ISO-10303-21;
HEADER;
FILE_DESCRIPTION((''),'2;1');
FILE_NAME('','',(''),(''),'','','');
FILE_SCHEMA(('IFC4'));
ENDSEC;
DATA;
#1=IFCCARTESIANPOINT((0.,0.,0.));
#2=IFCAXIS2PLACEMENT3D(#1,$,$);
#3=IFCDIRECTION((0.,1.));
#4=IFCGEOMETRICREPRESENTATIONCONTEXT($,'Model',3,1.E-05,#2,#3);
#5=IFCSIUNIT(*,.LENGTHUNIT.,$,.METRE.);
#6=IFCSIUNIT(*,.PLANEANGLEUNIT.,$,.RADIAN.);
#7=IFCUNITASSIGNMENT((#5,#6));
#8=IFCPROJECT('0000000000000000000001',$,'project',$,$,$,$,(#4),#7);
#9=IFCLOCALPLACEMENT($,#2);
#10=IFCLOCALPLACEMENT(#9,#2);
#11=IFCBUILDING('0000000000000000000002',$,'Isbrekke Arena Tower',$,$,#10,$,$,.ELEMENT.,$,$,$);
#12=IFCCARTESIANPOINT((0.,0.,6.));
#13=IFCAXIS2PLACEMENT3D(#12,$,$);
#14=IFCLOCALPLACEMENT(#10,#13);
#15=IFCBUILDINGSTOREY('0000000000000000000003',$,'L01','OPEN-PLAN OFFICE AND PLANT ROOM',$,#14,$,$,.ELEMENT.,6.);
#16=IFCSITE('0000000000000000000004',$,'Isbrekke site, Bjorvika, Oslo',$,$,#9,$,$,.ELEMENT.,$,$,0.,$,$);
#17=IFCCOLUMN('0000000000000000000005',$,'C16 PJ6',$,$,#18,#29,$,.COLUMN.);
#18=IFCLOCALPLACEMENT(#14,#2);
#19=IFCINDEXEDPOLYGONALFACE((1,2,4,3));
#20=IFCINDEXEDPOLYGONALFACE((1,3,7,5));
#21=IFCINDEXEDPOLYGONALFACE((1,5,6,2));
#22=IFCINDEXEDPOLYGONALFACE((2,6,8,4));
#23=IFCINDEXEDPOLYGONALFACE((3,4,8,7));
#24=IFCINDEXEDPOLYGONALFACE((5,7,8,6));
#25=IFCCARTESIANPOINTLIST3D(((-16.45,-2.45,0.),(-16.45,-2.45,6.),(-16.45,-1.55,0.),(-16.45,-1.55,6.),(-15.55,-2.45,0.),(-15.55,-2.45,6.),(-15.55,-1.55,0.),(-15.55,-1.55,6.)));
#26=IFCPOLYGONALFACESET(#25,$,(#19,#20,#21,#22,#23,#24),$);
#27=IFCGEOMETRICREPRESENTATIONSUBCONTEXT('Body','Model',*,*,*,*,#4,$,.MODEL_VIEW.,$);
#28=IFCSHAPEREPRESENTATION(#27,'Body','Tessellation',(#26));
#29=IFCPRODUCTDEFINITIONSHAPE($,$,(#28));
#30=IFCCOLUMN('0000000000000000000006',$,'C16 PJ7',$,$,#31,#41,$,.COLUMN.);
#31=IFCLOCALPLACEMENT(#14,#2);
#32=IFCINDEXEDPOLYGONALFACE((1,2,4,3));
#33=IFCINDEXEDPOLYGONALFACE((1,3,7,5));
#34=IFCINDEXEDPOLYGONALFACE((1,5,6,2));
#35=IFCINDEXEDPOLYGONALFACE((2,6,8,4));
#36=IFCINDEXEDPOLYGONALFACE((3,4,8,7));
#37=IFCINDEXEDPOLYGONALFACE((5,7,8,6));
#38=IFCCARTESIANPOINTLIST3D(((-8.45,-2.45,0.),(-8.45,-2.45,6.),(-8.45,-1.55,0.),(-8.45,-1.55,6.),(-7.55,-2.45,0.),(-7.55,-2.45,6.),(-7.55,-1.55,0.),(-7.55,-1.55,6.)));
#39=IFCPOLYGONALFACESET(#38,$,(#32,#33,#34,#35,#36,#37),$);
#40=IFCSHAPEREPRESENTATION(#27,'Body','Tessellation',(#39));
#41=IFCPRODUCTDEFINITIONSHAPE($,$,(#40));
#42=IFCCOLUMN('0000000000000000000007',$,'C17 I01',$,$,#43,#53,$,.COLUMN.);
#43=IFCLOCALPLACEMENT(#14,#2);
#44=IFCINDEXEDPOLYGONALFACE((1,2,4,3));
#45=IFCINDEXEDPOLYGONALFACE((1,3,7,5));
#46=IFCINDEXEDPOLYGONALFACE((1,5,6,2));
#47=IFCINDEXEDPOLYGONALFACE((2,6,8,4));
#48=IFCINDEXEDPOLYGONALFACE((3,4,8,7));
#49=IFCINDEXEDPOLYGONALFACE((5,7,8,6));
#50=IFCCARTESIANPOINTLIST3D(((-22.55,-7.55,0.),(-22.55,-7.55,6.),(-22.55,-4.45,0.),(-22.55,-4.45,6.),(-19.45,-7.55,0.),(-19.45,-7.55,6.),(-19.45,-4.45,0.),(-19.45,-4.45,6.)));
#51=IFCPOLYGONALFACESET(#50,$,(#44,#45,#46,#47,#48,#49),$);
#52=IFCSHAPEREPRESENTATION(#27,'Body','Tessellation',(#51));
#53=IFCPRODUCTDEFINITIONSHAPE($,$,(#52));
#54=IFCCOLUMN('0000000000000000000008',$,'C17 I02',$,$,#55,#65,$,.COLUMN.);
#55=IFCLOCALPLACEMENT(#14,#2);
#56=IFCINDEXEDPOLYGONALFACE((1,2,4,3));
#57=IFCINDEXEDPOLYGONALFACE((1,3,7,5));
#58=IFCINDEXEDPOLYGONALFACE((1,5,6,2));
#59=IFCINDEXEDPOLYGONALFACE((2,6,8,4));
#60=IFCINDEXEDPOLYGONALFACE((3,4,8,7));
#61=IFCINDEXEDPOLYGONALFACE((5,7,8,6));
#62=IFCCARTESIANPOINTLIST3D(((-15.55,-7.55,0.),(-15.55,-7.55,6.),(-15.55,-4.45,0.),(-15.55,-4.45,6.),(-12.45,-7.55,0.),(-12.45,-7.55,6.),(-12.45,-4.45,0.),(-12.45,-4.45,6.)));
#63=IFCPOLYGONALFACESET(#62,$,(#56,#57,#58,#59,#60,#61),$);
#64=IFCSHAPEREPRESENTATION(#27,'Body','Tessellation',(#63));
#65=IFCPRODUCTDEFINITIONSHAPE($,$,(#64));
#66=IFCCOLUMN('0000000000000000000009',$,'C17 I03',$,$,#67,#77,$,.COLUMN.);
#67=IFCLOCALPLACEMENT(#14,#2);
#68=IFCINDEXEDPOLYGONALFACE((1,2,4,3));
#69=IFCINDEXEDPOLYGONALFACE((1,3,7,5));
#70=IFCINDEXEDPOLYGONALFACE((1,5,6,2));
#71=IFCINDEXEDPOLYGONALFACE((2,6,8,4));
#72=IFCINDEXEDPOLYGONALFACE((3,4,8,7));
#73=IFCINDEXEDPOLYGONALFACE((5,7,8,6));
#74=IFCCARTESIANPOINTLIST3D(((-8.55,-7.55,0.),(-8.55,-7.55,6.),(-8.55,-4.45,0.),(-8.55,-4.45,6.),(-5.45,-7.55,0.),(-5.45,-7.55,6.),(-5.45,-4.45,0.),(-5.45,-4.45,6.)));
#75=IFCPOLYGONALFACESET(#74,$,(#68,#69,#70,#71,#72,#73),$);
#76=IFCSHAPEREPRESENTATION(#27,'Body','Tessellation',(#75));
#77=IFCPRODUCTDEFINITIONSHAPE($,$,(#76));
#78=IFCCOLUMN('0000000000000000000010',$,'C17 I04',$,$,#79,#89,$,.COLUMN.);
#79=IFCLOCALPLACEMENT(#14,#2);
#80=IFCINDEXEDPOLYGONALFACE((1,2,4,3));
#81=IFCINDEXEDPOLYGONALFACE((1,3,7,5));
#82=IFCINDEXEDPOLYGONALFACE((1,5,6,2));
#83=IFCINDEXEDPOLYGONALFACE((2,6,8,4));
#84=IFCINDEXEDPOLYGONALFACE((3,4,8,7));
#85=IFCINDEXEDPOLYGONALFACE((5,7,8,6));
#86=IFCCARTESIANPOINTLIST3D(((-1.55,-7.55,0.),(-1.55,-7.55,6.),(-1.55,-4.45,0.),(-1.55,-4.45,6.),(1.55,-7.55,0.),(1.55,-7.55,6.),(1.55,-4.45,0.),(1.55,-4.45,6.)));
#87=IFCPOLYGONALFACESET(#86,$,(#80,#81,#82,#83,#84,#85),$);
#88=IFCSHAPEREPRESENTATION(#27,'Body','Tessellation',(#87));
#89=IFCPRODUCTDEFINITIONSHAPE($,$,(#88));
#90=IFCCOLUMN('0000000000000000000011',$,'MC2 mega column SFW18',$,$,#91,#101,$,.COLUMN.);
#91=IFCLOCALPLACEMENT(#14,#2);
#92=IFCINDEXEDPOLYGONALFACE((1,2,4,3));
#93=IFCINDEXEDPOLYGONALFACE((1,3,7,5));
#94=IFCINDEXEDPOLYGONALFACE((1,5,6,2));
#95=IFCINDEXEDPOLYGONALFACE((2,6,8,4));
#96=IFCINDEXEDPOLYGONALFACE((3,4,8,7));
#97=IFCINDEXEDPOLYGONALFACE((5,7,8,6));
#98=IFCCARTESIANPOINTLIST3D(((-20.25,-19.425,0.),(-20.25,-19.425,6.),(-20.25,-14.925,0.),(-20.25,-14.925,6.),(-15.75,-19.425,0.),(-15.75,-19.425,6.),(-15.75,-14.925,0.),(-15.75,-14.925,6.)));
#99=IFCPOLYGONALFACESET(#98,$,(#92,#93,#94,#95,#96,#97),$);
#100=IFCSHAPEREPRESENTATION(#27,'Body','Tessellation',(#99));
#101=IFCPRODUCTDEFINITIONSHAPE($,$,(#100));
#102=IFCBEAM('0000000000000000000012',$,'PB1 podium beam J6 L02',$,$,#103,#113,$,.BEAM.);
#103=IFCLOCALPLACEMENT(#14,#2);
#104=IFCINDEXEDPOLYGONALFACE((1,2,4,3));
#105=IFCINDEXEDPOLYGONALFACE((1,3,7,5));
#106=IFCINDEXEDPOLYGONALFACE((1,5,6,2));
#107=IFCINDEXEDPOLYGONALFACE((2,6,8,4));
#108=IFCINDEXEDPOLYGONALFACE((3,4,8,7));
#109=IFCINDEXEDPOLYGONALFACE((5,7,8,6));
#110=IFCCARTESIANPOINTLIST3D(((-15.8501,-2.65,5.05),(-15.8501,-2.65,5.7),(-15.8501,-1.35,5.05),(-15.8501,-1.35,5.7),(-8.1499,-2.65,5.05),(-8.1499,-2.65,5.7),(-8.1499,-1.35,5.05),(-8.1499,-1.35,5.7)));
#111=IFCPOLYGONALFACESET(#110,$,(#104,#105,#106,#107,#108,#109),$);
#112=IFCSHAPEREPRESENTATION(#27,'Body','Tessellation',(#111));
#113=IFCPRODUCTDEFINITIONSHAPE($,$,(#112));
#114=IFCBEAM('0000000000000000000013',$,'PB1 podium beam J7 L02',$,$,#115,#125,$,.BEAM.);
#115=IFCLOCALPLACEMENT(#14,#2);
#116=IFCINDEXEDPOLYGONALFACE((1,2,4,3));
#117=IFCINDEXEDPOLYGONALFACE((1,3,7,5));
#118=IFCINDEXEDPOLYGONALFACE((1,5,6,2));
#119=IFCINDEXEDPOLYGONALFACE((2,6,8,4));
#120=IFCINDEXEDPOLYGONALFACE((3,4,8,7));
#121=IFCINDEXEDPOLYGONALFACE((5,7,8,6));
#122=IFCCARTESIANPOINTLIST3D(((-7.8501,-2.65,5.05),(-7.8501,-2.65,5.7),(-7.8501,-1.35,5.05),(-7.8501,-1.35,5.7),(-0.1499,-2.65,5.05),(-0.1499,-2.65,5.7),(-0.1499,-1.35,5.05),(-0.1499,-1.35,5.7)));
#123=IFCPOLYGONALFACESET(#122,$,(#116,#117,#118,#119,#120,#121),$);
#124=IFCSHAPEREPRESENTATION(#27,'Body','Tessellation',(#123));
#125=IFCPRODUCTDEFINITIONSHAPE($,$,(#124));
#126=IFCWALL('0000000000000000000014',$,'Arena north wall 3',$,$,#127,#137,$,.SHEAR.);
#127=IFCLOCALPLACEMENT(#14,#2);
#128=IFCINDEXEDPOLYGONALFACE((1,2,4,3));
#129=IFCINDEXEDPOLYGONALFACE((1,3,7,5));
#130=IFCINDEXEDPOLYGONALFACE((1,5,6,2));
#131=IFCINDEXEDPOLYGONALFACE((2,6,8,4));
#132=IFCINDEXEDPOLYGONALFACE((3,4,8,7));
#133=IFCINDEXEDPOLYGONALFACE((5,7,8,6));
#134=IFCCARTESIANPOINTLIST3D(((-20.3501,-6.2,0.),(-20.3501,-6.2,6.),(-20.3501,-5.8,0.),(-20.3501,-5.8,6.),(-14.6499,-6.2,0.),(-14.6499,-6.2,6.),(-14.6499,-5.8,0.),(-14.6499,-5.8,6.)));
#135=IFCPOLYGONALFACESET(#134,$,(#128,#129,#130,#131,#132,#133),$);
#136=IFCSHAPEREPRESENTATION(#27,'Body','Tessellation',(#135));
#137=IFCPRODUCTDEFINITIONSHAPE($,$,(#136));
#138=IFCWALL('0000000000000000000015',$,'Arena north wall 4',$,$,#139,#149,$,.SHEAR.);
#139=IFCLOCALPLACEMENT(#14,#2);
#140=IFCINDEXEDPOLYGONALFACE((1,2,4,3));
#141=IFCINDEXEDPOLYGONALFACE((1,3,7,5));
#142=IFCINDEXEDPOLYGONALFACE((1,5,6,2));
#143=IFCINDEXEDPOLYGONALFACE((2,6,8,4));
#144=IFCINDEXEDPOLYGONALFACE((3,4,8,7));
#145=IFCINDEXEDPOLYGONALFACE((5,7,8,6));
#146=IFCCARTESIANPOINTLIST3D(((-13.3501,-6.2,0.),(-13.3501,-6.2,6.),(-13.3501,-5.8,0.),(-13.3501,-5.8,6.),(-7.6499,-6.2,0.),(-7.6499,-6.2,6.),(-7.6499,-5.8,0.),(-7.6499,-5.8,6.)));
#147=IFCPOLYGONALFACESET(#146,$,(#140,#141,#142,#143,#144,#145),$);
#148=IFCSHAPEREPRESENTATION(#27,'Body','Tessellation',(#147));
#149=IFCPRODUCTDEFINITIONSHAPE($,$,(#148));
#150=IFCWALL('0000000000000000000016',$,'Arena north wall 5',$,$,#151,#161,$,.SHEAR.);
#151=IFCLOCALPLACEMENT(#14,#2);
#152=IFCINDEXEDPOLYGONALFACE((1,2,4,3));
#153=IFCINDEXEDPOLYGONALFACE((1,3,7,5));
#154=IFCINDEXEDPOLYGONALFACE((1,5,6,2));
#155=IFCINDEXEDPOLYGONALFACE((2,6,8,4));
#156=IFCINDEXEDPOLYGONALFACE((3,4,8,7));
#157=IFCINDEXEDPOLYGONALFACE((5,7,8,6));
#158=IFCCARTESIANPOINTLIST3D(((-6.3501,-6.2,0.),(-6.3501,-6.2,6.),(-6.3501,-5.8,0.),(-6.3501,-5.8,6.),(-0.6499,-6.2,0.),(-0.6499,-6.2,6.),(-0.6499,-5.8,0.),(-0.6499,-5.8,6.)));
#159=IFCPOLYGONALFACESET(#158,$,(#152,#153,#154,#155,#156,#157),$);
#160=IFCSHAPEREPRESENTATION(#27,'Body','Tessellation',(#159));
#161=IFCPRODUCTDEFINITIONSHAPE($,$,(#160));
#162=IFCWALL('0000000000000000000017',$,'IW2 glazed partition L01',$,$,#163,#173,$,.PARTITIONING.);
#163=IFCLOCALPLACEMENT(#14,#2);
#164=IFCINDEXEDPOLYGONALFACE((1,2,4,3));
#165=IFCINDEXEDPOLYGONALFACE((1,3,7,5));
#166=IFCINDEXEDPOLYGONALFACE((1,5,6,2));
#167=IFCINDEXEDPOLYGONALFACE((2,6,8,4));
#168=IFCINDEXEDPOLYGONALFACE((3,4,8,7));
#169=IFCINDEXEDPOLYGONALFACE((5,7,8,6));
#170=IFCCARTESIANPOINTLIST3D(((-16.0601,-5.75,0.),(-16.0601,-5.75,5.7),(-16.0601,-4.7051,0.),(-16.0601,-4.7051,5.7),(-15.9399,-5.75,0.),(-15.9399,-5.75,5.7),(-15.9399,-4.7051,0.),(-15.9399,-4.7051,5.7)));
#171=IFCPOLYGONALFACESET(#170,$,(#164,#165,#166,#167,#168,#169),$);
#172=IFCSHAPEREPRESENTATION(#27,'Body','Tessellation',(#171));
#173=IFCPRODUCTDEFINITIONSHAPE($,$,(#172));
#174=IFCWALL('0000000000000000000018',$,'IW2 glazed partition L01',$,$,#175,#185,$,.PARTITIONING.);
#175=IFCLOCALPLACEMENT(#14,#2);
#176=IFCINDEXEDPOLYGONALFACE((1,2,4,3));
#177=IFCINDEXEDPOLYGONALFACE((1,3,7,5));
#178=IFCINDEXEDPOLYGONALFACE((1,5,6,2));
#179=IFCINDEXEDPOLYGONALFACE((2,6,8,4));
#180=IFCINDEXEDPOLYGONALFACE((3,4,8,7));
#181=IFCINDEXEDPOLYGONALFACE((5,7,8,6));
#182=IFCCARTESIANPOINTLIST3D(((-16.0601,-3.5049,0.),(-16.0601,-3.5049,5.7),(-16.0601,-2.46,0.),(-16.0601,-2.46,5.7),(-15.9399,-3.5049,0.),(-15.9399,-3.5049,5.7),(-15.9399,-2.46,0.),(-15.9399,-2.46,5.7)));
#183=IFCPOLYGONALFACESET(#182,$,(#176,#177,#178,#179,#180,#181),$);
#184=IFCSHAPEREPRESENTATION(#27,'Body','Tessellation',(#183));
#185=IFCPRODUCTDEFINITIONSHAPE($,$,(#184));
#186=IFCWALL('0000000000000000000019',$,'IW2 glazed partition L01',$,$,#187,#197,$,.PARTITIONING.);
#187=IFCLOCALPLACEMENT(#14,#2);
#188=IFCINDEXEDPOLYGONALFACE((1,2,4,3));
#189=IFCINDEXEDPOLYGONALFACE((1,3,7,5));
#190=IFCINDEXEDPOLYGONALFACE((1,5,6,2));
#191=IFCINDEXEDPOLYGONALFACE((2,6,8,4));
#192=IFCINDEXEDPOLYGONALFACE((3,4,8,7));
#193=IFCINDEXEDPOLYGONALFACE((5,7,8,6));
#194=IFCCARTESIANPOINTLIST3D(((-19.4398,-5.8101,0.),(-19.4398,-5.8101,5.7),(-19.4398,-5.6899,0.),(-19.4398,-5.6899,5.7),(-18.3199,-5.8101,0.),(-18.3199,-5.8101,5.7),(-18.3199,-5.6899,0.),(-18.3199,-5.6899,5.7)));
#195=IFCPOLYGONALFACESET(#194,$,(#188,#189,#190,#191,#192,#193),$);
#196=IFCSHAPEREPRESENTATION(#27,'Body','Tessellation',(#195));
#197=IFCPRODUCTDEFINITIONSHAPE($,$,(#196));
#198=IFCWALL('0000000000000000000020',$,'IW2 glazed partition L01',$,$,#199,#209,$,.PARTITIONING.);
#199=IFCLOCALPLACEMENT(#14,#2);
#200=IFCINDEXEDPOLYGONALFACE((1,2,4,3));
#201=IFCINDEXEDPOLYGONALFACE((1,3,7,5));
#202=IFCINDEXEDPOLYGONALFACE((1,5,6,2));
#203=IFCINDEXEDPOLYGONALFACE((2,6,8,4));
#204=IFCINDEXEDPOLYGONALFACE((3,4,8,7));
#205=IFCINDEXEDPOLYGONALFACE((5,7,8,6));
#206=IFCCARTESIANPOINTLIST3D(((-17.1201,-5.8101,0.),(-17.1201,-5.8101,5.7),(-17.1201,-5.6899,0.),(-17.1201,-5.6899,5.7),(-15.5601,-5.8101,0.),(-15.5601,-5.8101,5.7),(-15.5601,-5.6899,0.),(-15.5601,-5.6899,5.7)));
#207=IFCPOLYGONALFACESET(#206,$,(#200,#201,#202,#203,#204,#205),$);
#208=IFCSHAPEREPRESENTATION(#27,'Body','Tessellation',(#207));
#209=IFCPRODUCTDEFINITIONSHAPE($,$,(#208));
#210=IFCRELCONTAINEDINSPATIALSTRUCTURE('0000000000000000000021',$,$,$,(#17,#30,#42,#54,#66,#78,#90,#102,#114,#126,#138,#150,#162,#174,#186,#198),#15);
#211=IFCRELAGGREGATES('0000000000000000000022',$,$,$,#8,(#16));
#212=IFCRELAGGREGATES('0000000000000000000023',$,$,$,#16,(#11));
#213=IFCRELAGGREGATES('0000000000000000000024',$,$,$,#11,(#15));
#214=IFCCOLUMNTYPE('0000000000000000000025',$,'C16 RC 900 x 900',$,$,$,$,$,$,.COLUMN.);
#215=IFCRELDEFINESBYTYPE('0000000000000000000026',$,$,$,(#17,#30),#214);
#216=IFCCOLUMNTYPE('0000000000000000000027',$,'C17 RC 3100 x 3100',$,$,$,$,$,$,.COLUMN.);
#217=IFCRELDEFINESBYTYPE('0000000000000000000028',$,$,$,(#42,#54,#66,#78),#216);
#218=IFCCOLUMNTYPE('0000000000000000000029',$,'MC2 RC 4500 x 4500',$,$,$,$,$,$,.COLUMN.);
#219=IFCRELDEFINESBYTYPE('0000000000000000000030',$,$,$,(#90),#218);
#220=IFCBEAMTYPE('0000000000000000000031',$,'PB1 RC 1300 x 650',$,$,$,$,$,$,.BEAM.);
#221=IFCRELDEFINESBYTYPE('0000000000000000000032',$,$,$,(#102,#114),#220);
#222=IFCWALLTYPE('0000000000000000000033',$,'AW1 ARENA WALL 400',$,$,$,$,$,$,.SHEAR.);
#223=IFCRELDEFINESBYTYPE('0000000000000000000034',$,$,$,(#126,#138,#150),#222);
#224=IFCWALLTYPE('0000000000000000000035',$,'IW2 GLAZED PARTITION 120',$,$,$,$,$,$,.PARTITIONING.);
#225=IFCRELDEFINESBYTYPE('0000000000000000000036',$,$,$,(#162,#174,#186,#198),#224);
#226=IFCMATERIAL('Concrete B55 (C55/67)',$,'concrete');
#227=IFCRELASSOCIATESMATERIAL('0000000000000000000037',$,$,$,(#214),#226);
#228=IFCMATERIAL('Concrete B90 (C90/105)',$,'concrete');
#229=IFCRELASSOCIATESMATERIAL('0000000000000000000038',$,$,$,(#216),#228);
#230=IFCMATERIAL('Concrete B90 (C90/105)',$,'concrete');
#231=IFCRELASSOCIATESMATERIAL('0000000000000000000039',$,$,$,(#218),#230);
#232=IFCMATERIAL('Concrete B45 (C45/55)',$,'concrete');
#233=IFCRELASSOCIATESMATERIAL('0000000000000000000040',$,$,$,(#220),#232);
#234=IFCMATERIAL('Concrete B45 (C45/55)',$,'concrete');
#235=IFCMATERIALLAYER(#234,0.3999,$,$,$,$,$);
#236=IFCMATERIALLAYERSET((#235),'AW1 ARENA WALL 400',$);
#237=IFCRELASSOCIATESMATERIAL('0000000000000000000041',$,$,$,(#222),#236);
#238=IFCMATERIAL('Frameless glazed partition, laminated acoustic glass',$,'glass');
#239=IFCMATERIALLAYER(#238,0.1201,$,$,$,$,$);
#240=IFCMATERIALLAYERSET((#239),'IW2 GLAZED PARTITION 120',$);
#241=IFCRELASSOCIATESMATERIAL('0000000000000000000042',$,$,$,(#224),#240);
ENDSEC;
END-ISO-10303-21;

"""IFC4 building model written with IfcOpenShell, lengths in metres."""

from ifc_helpers import new_model, si_unit, direction, frame, frame_2d, origin, origin_2d, place, context, subcontext, project, spatial, rectangle, extrude, material, layer, layer_set, material_profile, profile_set, type_object, element, save


model = new_model("IFC4")

# Units and contexts
model_context = context("Model", 3, precision=1e-05, world=origin(), true_north=direction((0.0, 1.0)))
body_context = subcontext(model_context, "Body", "Model", "MODEL_VIEW")
ifc_project = project(units=[si_unit("LENGTHUNIT", "METRE"), si_unit("PLANEANGLEUNIT", "RADIAN")], contexts=[model_context])

# Site, building, storey
site_placement = place(None, origin())
site = spatial("IfcSite", under=ifc_project, at=site_placement, Name="Isbrekke site, Bjorvika, Oslo", CompositionType="ELEMENT", RefElevation=0.0)
building_placement = place(site_placement, origin())
building = spatial("IfcBuilding", under=site, at=building_placement, Name="Isbrekke Arena Tower", CompositionType="ELEMENT")
storey_placement = place(building_placement, frame((0.0, 0.0, 6.0)))
storey = spatial("IfcBuildingStorey", under=building, at=storey_placement, Name="L01", Description="OPEN-PLAN OFFICE AND PLANT ROOM", CompositionType="ELEMENT", Elevation=6.0)

# Columns
ifc_material_1 = material(Name="Concrete B55 (C55/67)", Category="concrete")
ifc_material_profile_1 = material_profile(ifc_material_1, rectangle(XDim=0.8999, YDim=0.8999, at=origin_2d()), Name="RC 900x900")
ifc_profile_set_1 = profile_set([ifc_material_profile_1], Name="Concrete B55 (C55/67)")
column_type_1 = type_object("IfcColumnType", Name="C16 RC 900 x 900", PredefinedType="COLUMN", material=ifc_profile_set_1)
for number, where, z_axis, x_axis, name in (
    (1, (-16.0, -2.0, 0.0), (0.0, 0.0, 1.0), (1.0, 0.0, 0.0), "C16 PJ6"),
    (2, (-8.0, -2.0, 0.0), (0.0, 0.0, 1.0), (1.0, 0.0, 0.0), "C16 PJ7"),
):
    element("IfcColumn", number, at=place(storey_placement, frame(where, z_axis=z_axis, x_axis=x_axis)), inside=storey, type_object=column_type_1, Name=name, PredefinedType="COLUMN", context=body_context, shape_type="SweptSolid", body=[
        extrude(rectangle(XDim=0.8999, YDim=0.8999, at=origin_2d()), origin(), (0.0, 0.0, 1.0), 6.0),
    ])
ifc_material_2 = material(Name="Concrete B90 (C90/105)", Category="concrete")
ifc_material_profile_2 = material_profile(ifc_material_2, rectangle(XDim=3.1001, YDim=3.1001, at=origin_2d()), Name="RC 3100x3100")
ifc_profile_set_2 = profile_set([ifc_material_profile_2], Name="Concrete B90 (C90/105)")
column_type_2 = type_object("IfcColumnType", Name="C17 RC 3100 x 3100", PredefinedType="COLUMN", material=ifc_profile_set_2)
for number, where, z_axis, x_axis, name in (
    (3, (-21.0, -6.0, 0.0), (0.0, 0.0, 1.0), (1.0, 0.0, 0.0), "C17 I01"),
    (4, (-14.0, -6.0, 0.0), (0.0, 0.0, 1.0), (1.0, 0.0, 0.0), "C17 I02"),
    (5, (-7.0, -6.0, 0.0), (0.0, 0.0, 1.0), (1.0, 0.0, 0.0), "C17 I03"),
    (6, (0.0, -6.0, 0.0), (0.0, 0.0, 1.0), (1.0, 0.0, 0.0), "C17 I04"),
):
    element("IfcColumn", number, at=place(storey_placement, frame(where, z_axis=z_axis, x_axis=x_axis)), inside=storey, type_object=column_type_2, Name=name, PredefinedType="COLUMN", context=body_context, shape_type="SweptSolid", body=[
        extrude(rectangle(XDim=3.1001, YDim=3.1001, at=origin_2d()), origin(), (0.0, 0.0, 1.0), 6.0),
    ])
ifc_material_3 = material(Name="Concrete B90 (C90/105)", Category="concrete")
ifc_material_profile_3 = material_profile(ifc_material_3, rectangle(XDim=4.5, YDim=4.5, at=origin_2d()), Name="RC 4500x4500")
ifc_profile_set_3 = profile_set([ifc_material_profile_3], Name="Concrete B90 (C90/105)")
column_type_3 = type_object("IfcColumnType", Name="MC2 RC 4500 x 4500", PredefinedType="COLUMN", material=ifc_profile_set_3)
column_placement = place(storey_placement, frame((-18.0, -17.175, 0.0), z_axis=(0.0, 0.0, 1.0), x_axis=(1.0, 0.0, 0.0)))
element("IfcColumn", 7, at=column_placement, inside=storey, type_object=column_type_3, Name="MC2 mega column SFW18", PredefinedType="COLUMN", context=body_context, shape_type="SweptSolid", body=[
    extrude(rectangle(XDim=4.5, YDim=4.5, at=origin_2d()), origin(), (0.0, 0.0, 1.0), 6.0),
])

# Beams
ifc_material_4 = material(Name="Concrete B45 (C45/55)", Category="concrete")
ifc_material_profile_4 = material_profile(ifc_material_4, rectangle(XDim=1.3, YDim=0.6499, at=origin_2d()), Name="RC 1300x650")
ifc_profile_set_4 = profile_set([ifc_material_profile_4], Name="Concrete B45 (C45/55)")
beam_type = type_object("IfcBeamType", Name="PB1 RC 1300 x 650", PredefinedType="BEAM", material=ifc_profile_set_4)
for number, where, z_axis, x_axis, name in (
    (8, (-15.8501, -2.0, 5.375), (1.0, 0.0, 0.0), (0.0, 1.0, 0.0), "PB1 podium beam J6 L02"),
    (9, (-7.8501, -2.0, 5.375), (1.0, 0.0, 0.0), (0.0, 1.0, 0.0), "PB1 podium beam J7 L02"),
):
    element("IfcBeam", number, at=place(storey_placement, frame(where, z_axis=z_axis, x_axis=x_axis)), inside=storey, type_object=beam_type, Name=name, PredefinedType="BEAM", context=body_context, shape_type="SweptSolid", body=[
        extrude(rectangle(XDim=1.3, YDim=0.6499, at=origin_2d()), origin(), (0.0, 0.0, 1.0), 7.7002),
    ])

# Walls
ifc_material_5 = material(Name="Concrete B45 (C45/55)", Category="concrete")
ifc_layer_1 = layer(ifc_material_5, 0.3999)
ifc_layer_set_1 = layer_set([ifc_layer_1], Name="AW1 ARENA WALL 400")
wall_type_1 = type_object("IfcWallType", Name="AW1 ARENA WALL 400", PredefinedType="SHEAR", material=ifc_layer_set_1)
for number, where, z_axis, x_axis, name in (
    (10, (-20.3501, -6.0, 0.0), (0.0, 0.0, 1.0), (1.0, 0.0, 0.0), "Arena north wall 3"),
    (11, (-13.3501, -6.0, 0.0), (0.0, 0.0, 1.0), (1.0, 0.0, 0.0), "Arena north wall 4"),
    (12, (-6.3501, -6.0, 0.0), (0.0, 0.0, 1.0), (1.0, 0.0, 0.0), "Arena north wall 5"),
):
    element("IfcWall", number, at=place(storey_placement, frame(where, z_axis=z_axis, x_axis=x_axis)), inside=storey, type_object=wall_type_1, Name=name, PredefinedType="SHEAR", context=body_context, shape_type="SweptSolid", body=[
        extrude(rectangle(XDim=5.7002, YDim=0.3999, at=frame_2d((2.8501, 0.0))), origin(), (0.0, 0.0, 1.0), 6.0),
    ])
ifc_material_6 = material(Name="Frameless glazed partition, laminated acoustic glass", Category="glass")
ifc_layer_2 = layer(ifc_material_6, 0.1201)
ifc_layer_set_2 = layer_set([ifc_layer_2], Name="IW2 GLAZED PARTITION 120")
wall_type_2 = type_object("IfcWallType", Name="IW2 GLAZED PARTITION 120", PredefinedType="PARTITIONING", material=ifc_layer_set_2)
for number, where, z_axis, x_axis, name in (
    (13, (-16.0, -5.75, 0.0), (0.0, 0.0, 1.0), (0.0, 1.0, 0.0), "IW2 glazed partition L01"),
    (14, (-16.0, -3.5049, 0.0), (0.0, 0.0, 1.0), (0.0, 1.0, 0.0), "IW2 glazed partition L01"),
):
    element("IfcWall", number, at=place(storey_placement, frame(where, z_axis=z_axis, x_axis=x_axis)), inside=storey, type_object=wall_type_2, Name=name, PredefinedType="PARTITIONING", context=body_context, shape_type="SweptSolid", body=[
        extrude(rectangle(XDim=1.0449, YDim=0.1201, at=frame_2d((0.5225, 0.0))), origin(), (0.0, 0.0, 1.0), 5.7),
    ])
wall_1_placement = place(storey_placement, frame((-19.4399, -5.75, 0.0), z_axis=(0.0, 0.0, 1.0), x_axis=(1.0, 0.0, 0.0)))
element("IfcWall", 15, at=wall_1_placement, inside=storey, type_object=wall_type_2, Name="IW2 glazed partition L01", PredefinedType="PARTITIONING", context=body_context, shape_type="SweptSolid", body=[
    extrude(rectangle(XDim=1.1199, YDim=0.1201, at=frame_2d((0.5601, 0.0))), origin(), (0.0, 0.0, 1.0), 5.7),
])
wall_2_placement = place(storey_placement, frame((-17.1201, -5.75, 0.0), z_axis=(0.0, 0.0, 1.0), x_axis=(1.0, 0.0, 0.0)))
element("IfcWall", 16, at=wall_2_placement, inside=storey, type_object=wall_type_2, Name="IW2 glazed partition L01", PredefinedType="PARTITIONING", context=body_context, shape_type="SweptSolid", body=[
    extrude(rectangle(XDim=1.5601, YDim=0.1201, at=frame_2d((0.78, 0.0))), origin(), (0.0, 0.0, 1.0), 5.7),
])

save(model, "model.ifc")
